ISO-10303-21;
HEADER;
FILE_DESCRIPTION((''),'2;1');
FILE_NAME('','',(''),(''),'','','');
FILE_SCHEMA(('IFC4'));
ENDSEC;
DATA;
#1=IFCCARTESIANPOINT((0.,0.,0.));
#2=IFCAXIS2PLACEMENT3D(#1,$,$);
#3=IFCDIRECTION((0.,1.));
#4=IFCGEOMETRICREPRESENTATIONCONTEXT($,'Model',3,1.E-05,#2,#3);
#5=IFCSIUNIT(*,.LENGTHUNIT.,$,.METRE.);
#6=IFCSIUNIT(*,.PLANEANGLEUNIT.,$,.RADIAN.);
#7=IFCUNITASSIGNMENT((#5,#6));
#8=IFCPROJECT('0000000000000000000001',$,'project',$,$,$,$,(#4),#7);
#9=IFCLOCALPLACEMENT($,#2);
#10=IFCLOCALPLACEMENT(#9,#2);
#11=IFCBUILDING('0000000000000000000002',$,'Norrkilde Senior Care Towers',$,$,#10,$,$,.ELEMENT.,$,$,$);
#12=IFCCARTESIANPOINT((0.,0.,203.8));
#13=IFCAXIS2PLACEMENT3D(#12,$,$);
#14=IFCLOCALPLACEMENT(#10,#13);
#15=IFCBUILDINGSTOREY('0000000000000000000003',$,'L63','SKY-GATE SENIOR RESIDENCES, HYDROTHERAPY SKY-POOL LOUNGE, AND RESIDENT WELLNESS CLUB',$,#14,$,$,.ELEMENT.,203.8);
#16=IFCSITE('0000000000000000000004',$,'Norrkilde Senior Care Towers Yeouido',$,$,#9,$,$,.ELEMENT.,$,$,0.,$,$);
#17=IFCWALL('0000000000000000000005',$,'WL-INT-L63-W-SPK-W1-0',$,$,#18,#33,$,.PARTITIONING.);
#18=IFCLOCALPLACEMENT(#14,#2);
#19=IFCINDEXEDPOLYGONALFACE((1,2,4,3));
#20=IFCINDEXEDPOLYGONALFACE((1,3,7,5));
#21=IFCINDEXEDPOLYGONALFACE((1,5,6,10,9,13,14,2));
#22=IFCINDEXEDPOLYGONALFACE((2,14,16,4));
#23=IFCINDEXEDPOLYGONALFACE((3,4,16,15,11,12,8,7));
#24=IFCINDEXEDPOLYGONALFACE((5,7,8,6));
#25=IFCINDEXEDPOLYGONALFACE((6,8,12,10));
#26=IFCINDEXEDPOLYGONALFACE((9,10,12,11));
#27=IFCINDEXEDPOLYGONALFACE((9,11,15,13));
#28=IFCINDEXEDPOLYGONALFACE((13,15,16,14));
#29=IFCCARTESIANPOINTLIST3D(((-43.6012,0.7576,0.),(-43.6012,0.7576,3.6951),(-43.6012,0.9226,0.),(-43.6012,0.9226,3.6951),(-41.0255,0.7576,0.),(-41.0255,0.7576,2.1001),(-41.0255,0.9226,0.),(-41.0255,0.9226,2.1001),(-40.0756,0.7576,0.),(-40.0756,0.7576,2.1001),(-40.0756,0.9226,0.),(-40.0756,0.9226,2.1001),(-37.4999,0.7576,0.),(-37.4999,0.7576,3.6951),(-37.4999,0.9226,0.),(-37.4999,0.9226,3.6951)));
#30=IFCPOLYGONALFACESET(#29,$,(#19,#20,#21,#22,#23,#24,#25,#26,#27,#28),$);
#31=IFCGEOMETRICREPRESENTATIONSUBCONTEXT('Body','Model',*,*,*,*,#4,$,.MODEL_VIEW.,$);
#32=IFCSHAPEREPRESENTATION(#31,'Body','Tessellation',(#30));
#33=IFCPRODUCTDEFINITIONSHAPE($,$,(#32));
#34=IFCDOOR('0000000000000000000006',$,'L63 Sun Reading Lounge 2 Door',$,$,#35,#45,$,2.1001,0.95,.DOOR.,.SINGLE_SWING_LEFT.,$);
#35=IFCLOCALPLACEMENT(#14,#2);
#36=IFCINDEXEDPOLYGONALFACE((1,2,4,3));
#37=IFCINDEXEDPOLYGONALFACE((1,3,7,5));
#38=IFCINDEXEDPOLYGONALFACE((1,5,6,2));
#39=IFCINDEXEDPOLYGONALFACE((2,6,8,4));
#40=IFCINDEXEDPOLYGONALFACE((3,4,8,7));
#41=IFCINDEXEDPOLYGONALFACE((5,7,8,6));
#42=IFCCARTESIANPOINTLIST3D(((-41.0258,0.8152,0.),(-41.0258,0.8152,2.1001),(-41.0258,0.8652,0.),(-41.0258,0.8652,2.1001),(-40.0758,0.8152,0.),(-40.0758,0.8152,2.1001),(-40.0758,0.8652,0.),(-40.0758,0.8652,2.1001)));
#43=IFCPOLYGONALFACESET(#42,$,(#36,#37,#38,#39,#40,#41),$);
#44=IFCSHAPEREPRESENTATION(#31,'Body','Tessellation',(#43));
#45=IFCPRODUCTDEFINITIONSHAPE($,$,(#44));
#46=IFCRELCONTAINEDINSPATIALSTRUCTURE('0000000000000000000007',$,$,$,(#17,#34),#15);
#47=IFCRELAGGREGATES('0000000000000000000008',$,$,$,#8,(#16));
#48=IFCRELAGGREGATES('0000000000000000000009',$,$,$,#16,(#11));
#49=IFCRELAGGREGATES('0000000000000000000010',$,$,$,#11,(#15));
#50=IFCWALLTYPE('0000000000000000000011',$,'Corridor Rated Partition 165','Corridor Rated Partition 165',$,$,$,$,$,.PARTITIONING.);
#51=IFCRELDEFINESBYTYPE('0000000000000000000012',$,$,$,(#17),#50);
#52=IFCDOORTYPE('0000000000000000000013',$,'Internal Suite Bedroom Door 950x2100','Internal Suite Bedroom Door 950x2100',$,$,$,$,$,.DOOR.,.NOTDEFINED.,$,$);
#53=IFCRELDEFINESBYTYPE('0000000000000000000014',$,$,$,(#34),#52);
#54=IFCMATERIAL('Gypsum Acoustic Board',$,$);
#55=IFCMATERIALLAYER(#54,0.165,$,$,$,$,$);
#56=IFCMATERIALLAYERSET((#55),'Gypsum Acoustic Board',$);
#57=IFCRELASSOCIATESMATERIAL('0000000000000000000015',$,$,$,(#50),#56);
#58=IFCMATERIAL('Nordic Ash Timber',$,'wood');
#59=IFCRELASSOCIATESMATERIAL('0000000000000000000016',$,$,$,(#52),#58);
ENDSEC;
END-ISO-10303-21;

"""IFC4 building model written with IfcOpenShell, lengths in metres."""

from ifc_helpers import new_model, si_unit, direction, frame, frame_2d, origin, place, context, subcontext, project, spatial, rectangle, extrude, source, transform, mapped, material, layer, layer_set, type_object, type_shapes, element, fill, save


model = new_model("IFC4")

# Units and contexts
model_context = context("Model", 3, precision=1e-05, world=origin(), true_north=direction((0.0, 1.0)))
body_context = subcontext(model_context, "Body", "Model", "MODEL_VIEW")
ifc_project = project(units=[si_unit("LENGTHUNIT", "METRE"), si_unit("PLANEANGLEUNIT", "RADIAN")], contexts=[model_context])

# Site, building, storey
site_placement = place(None, origin())
site = spatial("IfcSite", under=ifc_project, at=site_placement, Name="Norrkilde Senior Care Towers Yeouido", CompositionType="ELEMENT", RefElevation=0.0)
building_placement = place(site_placement, origin())
building = spatial("IfcBuilding", under=site, at=building_placement, Name="Norrkilde Senior Care Towers", CompositionType="ELEMENT")
storey_placement = place(building_placement, frame((0.0, 0.0, 203.8)))
storey = spatial("IfcBuildingStorey", under=building, at=storey_placement, Name="L63", Description="SKY-GATE SENIOR RESIDENCES, HYDROTHERAPY SKY-POOL LOUNGE, AND RESIDENT WELLNESS CLUB", CompositionType="ELEMENT", Elevation=203.8)

# Shared definitions
ifc_material_1 = material(Name="Gypsum Acoustic Board")
ifc_layer_1 = layer(ifc_material_1, 0.165)
ifc_layer_set_1 = layer_set([ifc_layer_1], Name="Gypsum Acoustic Board")
wall_type_1 = type_object("IfcWallType", Name="Corridor Rated Partition 165", Description="Corridor Rated Partition 165", PredefinedType="PARTITIONING", material=ifc_layer_set_1)

# Wall, opening, door
shared_shape_1 = source(origin(), body_context, "Body", "SweptSolid", [
    extrude(rectangle(XDim=6.1013, YDim=0.165, at=frame_2d((3.0508, 0.0))), origin(), (0.0, 0.0, 1.0), 3.6951),
])
wall_1_placement = place(storey_placement, frame((-43.6013, 0.8401, 0.0), z_axis=(0.0, 0.0, 1.0), x_axis=(1.0, 0.0, 0.0)))
wall_1 = element("IfcWall", 1, at=wall_1_placement, inside=storey, type_object=wall_type_1, Name="WL-INT-L63-W-SPK-W1-0", PredefinedType="PARTITIONING", context=body_context, shape_type="MappedRepresentation", body=[
    mapped(shared_shape_1, transform((0.0, 0.0, 0.0), x_axis=(1.0, 0.0, 0.0), y_axis=(0.0, 1.0, 0.0), z_axis=(0.0, 0.0, 1.0), scale=1.0)),
])
opening_1_placement = place(wall_1_placement, frame((2.5757, 0.0, 0.0)))
opening_1 = element("IfcOpeningElement", 2, at=opening_1_placement, cuts=wall_1, PredefinedType="OPENING", context=body_context, shape_type="SweptSolid", body=[
    extrude(rectangle(XDim=0.95, YDim=2.1001, at=frame_2d((0.4751, 1.05))), frame((0.0, 0.0925, 0.0), z_axis=(0.0, -1.0, 0.0), x_axis=(1.0, 0.0, 0.0)), (0.0, 0.0, 1.0), 0.1851),
])
ifc_material_2 = material(Name="Nordic Ash Timber", Category="wood")
door_type_1 = type_object("IfcDoorType", Name="Internal Suite Bedroom Door 950x2100", Description="Internal Suite Bedroom Door 950x2100", OperationType="NOTDEFINED", PredefinedType="DOOR", material=ifc_material_2)
shared_shape_2 = source(origin(), body_context, "Body", "SweptSolid", [
    extrude(rectangle(XDim=0.95, YDim=2.1001, at=frame_2d((0.4751, 1.05))), frame((0.0, 0.0249, 0.0), z_axis=(0.0, -1.0, 0.0), x_axis=(1.0, 0.0, 0.0)), (0.0, 0.0, 1.0), 0.05),
])
type_shapes(door_type_1, [shared_shape_2])
door_1_placement = place(opening_1_placement, frame((0.95, 0.0, 0.0), z_axis=(0.0, 0.0, 1.0), x_axis=(-1.0, 0.0, 0.0)))
door_1 = element("IfcDoor", 3, at=door_1_placement, inside=storey, type_object=door_type_1, Name="L63 Sun Reading Lounge 2 Door", OperationType="SINGLE_SWING_LEFT", OverallHeight=2.1001, OverallWidth=0.95, PredefinedType="DOOR", context=body_context, shape_type="MappedRepresentation", body=[
    mapped(shared_shape_2, transform((0.0, 0.0, 0.0), x_axis=(1.0, 0.0, 0.0), y_axis=(0.0, 1.0, 0.0), z_axis=(0.0, 0.0, 1.0), scale=1.0)),
])
fill(opening_1, door_1)

save(model, "model.ifc")
